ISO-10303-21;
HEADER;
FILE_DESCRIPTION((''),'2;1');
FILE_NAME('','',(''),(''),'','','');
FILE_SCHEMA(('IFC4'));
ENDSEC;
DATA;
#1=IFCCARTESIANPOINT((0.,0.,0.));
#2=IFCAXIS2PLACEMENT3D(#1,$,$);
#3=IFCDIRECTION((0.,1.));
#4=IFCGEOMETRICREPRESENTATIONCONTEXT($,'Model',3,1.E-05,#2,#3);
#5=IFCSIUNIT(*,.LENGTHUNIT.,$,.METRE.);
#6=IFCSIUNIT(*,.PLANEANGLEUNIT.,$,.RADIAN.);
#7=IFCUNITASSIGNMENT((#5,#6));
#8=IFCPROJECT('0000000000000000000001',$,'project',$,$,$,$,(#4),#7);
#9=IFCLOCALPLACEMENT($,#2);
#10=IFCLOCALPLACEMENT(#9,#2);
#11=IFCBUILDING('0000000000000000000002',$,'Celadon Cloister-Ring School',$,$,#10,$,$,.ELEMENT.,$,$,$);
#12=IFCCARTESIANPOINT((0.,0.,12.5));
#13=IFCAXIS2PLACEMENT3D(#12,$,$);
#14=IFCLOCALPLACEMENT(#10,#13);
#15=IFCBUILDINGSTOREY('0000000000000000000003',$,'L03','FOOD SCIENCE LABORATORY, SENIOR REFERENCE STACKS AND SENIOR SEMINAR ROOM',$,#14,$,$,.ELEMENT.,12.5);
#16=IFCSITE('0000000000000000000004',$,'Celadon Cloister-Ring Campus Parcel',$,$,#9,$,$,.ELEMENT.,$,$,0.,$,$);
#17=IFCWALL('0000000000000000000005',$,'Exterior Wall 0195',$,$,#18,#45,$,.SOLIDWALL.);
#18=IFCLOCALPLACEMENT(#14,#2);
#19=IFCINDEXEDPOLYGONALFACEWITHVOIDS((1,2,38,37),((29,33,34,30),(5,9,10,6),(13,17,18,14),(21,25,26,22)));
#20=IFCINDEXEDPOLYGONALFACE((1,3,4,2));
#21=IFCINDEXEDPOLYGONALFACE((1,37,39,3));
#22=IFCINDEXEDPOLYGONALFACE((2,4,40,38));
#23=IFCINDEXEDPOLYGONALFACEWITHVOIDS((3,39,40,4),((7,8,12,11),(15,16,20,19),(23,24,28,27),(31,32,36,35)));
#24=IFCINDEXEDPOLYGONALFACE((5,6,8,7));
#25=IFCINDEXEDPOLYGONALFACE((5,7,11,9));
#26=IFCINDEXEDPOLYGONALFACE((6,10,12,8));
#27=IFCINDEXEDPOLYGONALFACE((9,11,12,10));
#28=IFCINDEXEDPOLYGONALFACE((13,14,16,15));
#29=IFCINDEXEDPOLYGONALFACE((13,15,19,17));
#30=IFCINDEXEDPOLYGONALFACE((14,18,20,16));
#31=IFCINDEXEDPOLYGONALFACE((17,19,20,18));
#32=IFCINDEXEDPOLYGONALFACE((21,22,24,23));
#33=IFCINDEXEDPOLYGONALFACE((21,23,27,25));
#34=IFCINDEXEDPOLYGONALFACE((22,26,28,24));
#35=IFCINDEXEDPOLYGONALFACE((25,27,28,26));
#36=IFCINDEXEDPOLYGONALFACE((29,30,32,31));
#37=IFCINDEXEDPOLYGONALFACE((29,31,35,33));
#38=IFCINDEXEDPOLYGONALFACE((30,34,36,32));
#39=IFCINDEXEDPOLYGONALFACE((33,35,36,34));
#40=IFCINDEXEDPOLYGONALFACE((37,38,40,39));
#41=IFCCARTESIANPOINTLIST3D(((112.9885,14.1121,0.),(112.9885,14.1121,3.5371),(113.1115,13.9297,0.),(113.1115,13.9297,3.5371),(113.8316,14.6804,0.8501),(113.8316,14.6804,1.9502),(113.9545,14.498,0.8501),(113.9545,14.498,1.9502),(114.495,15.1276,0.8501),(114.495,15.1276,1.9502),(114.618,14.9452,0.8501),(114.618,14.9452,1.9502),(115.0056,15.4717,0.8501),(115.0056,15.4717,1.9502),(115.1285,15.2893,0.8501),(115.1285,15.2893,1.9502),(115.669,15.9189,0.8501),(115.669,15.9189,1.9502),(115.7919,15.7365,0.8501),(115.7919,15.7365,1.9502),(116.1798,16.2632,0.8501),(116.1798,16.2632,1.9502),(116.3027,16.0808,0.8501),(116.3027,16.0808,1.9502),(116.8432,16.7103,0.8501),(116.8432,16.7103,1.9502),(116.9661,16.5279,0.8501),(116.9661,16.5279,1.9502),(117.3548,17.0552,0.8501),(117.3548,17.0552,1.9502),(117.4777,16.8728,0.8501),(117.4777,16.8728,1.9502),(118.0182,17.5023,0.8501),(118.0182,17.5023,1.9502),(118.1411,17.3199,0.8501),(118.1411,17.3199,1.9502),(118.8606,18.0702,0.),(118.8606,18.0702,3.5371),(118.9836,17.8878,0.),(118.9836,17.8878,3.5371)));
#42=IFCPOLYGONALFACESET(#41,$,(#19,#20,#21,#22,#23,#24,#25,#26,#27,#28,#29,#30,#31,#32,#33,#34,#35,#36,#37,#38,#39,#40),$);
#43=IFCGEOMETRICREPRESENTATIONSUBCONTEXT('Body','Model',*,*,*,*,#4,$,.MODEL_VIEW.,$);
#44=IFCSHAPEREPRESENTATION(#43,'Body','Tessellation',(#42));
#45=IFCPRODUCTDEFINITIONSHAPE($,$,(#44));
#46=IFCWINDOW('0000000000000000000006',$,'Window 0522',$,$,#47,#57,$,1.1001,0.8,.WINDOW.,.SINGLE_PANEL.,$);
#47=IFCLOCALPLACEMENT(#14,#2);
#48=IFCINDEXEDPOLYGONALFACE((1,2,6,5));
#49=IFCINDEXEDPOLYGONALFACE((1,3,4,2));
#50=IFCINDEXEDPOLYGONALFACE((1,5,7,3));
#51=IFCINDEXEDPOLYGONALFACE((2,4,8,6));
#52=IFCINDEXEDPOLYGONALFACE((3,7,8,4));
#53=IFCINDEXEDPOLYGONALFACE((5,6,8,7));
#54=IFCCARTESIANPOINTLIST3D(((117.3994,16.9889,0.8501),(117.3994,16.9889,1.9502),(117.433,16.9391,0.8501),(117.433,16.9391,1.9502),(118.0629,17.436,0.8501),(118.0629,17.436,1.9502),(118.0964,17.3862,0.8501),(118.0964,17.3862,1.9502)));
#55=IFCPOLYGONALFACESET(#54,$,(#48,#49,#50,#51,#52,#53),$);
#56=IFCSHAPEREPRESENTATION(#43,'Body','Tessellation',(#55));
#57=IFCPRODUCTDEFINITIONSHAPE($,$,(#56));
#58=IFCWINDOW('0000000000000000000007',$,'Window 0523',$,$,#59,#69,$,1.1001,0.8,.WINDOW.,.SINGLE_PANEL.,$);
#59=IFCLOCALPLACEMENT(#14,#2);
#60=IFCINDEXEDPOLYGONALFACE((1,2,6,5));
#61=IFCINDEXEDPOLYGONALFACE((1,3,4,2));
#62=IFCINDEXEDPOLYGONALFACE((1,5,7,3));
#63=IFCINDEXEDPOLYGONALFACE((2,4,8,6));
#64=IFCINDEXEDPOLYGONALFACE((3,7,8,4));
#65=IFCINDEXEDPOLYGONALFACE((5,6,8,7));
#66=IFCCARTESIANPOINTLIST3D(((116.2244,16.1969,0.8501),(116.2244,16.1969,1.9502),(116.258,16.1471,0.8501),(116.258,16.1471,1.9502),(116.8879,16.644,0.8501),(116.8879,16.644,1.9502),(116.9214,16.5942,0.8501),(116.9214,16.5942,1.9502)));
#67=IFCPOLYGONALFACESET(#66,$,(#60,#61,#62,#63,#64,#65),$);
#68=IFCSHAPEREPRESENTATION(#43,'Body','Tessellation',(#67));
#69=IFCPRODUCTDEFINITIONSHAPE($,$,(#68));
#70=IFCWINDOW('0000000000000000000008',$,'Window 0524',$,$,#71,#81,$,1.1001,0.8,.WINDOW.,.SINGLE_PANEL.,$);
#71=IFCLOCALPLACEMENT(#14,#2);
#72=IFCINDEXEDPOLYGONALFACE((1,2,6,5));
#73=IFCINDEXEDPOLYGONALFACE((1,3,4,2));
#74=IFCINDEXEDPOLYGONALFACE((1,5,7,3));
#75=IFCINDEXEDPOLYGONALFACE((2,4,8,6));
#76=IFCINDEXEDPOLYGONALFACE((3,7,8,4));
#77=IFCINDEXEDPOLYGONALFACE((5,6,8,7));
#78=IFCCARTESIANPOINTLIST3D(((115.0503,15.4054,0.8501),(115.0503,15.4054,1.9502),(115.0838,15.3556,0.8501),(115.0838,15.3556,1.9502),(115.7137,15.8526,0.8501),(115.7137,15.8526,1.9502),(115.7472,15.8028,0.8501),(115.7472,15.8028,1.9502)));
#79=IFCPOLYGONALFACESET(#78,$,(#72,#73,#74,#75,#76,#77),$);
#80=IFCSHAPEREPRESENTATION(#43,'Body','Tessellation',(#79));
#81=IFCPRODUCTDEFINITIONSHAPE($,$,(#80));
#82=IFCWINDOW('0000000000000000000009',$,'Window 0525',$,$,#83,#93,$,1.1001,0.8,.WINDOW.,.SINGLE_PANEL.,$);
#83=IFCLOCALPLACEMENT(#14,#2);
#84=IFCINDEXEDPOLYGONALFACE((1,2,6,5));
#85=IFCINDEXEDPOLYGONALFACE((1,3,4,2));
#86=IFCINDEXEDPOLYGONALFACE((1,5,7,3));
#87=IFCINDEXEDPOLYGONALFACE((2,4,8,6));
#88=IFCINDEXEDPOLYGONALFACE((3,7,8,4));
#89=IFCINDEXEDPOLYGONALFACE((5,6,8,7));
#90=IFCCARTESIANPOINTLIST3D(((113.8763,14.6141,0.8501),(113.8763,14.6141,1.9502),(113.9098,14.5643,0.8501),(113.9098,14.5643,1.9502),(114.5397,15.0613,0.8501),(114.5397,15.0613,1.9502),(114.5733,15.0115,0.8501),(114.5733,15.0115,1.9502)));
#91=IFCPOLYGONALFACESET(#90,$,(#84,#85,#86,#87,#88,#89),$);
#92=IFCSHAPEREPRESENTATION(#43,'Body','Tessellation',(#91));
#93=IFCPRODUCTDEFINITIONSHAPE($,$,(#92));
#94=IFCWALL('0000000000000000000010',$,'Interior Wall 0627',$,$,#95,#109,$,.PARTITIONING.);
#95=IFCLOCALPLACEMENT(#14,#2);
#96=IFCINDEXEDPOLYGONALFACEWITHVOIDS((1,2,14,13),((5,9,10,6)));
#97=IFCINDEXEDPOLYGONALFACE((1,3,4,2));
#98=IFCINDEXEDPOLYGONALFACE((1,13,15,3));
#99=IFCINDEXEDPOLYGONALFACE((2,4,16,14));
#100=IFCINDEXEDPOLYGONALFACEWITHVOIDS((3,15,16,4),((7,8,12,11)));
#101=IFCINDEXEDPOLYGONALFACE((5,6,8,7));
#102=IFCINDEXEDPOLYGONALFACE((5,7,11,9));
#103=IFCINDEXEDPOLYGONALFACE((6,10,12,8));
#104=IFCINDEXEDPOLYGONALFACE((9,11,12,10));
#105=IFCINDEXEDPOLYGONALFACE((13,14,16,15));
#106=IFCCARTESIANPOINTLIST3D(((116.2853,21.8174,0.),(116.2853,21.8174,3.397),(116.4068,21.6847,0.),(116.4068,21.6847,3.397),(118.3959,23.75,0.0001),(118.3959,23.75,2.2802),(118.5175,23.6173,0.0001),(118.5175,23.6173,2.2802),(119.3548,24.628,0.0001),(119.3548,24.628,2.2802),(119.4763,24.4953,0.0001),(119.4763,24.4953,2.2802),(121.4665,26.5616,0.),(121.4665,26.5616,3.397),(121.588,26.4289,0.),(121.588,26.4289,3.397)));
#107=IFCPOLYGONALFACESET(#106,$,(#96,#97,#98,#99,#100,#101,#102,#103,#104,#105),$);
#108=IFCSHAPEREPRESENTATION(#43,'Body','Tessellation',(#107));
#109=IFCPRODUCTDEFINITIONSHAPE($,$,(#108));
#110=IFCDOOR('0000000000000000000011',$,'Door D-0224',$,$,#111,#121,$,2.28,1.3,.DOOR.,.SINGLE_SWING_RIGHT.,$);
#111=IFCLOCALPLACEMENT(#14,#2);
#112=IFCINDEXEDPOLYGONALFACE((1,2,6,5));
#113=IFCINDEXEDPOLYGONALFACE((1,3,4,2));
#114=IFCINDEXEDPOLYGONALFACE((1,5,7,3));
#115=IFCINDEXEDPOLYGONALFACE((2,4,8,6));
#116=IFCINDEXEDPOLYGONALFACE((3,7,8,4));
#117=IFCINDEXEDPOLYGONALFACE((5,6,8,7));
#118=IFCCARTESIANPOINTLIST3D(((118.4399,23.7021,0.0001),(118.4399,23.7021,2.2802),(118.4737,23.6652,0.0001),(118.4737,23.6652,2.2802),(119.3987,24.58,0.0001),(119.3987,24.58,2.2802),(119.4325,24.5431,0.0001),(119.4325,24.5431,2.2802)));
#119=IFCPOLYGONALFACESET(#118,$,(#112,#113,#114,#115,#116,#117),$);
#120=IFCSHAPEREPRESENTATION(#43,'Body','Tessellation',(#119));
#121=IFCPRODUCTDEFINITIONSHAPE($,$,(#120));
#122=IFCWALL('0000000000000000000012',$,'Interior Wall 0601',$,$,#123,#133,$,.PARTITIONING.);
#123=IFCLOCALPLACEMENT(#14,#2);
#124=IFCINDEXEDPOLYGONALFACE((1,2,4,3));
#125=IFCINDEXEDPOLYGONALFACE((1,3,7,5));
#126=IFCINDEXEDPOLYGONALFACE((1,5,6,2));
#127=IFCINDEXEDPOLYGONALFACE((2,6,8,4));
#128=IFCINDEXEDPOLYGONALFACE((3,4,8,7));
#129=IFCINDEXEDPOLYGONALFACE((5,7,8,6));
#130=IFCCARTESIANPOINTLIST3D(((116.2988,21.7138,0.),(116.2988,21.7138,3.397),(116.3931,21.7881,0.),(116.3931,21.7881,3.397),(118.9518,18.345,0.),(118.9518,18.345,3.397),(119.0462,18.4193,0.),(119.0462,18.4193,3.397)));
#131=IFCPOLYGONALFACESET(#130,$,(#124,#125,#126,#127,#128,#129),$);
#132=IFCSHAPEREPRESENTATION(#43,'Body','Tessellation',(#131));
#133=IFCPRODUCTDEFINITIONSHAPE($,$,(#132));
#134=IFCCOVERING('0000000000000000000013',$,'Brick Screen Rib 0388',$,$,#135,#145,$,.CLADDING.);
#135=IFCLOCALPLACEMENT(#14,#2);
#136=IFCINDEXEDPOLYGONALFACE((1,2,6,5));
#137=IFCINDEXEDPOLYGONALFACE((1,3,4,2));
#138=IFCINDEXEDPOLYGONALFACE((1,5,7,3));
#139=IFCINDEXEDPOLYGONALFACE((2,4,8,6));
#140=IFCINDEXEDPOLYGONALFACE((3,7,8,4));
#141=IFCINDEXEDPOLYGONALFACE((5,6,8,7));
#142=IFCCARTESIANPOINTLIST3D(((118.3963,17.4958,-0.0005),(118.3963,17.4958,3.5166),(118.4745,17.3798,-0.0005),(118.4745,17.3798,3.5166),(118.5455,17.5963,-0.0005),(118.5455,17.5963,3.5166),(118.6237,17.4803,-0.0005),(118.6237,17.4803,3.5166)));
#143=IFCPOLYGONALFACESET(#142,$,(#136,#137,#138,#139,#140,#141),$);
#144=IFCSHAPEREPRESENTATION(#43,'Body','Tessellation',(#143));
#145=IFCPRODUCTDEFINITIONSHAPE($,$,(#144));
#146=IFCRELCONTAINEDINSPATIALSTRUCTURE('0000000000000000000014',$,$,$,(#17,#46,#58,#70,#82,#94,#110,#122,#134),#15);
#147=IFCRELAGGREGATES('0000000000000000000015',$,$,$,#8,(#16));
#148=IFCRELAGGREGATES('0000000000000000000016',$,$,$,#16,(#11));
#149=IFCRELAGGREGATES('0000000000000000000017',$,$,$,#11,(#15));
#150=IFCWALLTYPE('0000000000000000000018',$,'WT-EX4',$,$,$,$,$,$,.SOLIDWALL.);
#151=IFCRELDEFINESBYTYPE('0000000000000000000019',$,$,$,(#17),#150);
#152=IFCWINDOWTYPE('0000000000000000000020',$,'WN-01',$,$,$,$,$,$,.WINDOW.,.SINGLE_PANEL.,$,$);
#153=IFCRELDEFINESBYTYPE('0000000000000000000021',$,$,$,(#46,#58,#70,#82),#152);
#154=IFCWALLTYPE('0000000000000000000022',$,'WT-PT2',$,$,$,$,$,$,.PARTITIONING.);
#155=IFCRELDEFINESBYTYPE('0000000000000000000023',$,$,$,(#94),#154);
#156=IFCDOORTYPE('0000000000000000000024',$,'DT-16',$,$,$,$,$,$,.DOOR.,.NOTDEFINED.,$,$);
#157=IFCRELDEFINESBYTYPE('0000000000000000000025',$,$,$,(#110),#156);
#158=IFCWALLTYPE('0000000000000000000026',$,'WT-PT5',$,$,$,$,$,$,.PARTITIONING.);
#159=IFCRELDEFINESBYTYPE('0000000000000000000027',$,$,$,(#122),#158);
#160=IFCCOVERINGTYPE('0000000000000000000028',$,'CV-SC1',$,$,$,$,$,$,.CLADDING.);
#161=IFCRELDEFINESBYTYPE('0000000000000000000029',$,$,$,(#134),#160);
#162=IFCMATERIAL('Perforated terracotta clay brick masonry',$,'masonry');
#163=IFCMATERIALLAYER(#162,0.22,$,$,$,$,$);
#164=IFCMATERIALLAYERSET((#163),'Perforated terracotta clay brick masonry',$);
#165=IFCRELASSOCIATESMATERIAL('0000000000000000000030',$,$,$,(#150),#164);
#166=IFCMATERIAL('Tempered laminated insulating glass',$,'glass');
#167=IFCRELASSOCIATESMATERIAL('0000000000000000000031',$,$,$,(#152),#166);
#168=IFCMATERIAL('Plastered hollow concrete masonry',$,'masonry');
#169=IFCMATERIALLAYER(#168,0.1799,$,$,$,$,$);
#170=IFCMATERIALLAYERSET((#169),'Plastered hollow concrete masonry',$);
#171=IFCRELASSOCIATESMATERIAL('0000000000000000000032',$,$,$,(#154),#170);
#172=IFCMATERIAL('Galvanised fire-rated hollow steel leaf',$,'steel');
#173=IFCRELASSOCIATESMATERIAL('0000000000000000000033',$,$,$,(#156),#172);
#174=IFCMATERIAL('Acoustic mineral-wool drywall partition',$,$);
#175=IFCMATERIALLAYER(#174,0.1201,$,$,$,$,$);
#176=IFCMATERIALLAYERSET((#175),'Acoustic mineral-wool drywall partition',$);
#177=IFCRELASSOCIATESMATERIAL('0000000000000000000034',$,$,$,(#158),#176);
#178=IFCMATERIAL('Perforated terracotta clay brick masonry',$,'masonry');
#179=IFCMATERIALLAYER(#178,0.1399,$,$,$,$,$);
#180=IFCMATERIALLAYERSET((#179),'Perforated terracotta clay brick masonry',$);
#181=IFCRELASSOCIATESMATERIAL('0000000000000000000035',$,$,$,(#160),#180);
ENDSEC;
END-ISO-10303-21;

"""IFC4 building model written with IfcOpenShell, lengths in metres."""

from ifc_helpers import new_model, si_unit, direction, frame, frame_2d, origin, origin_2d, place, context, subcontext, project, spatial, rectangle, extrude, material, layer, layer_set, type_object, element, fill, save


model = new_model("IFC4")

# Units and contexts
model_context = context("Model", 3, precision=1e-05, world=origin(), true_north=direction((0.0, 1.0)))
body_context = subcontext(model_context, "Body", "Model", "MODEL_VIEW")
ifc_project = project(units=[si_unit("LENGTHUNIT", "METRE"), si_unit("PLANEANGLEUNIT", "RADIAN")], contexts=[model_context])

# Site, building, storey
site_placement = place(None, origin())
site = spatial("IfcSite", under=ifc_project, at=site_placement, Name="Celadon Cloister-Ring Campus Parcel", CompositionType="ELEMENT", RefElevation=0.0)
building_placement = place(site_placement, origin())
building = spatial("IfcBuilding", under=site, at=building_placement, Name="Celadon Cloister-Ring School", CompositionType="ELEMENT")
storey_placement = place(building_placement, frame((0.0, 0.0, 12.5)))
storey = spatial("IfcBuildingStorey", under=building, at=storey_placement, Name="L03", Description="FOOD SCIENCE LABORATORY, SENIOR REFERENCE STACKS AND SENIOR SEMINAR ROOM", CompositionType="ELEMENT", Elevation=12.5)

# Wall, openings, windows
ifc_material_1 = material(Name="Perforated terracotta clay brick masonry", Category="masonry")
ifc_layer_1 = layer(ifc_material_1, 0.22)
ifc_layer_set_1 = layer_set([ifc_layer_1], Name="Perforated terracotta clay brick masonry")
wall_type_1 = type_object("IfcWallType", Name="WT-EX4", PredefinedType="SOLIDWALL", material=ifc_layer_set_1)
wall_1_placement = place(storey_placement, frame((118.9221, 17.979, 0.0), z_axis=(0.0, 0.0, 1.0), x_axis=(-0.829218, -0.558926, 0.0)))
wall_1 = element("IfcWall", 1, at=wall_1_placement, inside=storey, type_object=wall_type_1, Name="Exterior Wall 0195", PredefinedType="SOLIDWALL", context=body_context, shape_type="SweptSolid", body=[
    extrude(rectangle(XDim=7.0815, YDim=0.22, at=frame_2d((3.5408, 0.0))), origin(), (0.0, 0.0, 1.0), 3.5371),
])
opening_1_placement = place(wall_1_placement, frame((1.0161, 0.0, 0.8501)))
opening_1 = element("IfcOpeningElement", 2, at=opening_1_placement, cuts=wall_1, PredefinedType="OPENING", context=body_context, shape_type="SweptSolid", body=[
    extrude(rectangle(XDim=0.8, YDim=1.1001, at=frame_2d((0.3999, 0.55))), frame((0.0, 0.1201, 0.0), z_axis=(0.0, -1.0, 0.0), x_axis=(1.0, 0.0, 0.0)), (0.0, 0.0, 1.0), 0.24),
])
opening_2_placement = place(wall_1_placement, frame((2.4331, 0.0, 0.8501)))
opening_2 = element("IfcOpeningElement", 3, at=opening_2_placement, cuts=wall_1, PredefinedType="OPENING", context=body_context, shape_type="SweptSolid", body=[
    extrude(rectangle(XDim=0.8, YDim=1.1001, at=frame_2d((0.3999, 0.55))), frame((0.0, 0.1201, 0.0), z_axis=(0.0, -1.0, 0.0), x_axis=(1.0, 0.0, 0.0)), (0.0, 0.0, 1.0), 0.24),
])
opening_3_placement = place(wall_1_placement, frame((3.8491, 0.0, 0.8501)))
opening_3 = element("IfcOpeningElement", 4, at=opening_3_placement, cuts=wall_1, PredefinedType="OPENING", context=body_context, shape_type="SweptSolid", body=[
    extrude(rectangle(XDim=0.8, YDim=1.1001, at=frame_2d((0.3999, 0.55))), frame((0.0, 0.1201, 0.0), z_axis=(0.0, -1.0, 0.0), x_axis=(1.0, 0.0, 0.0)), (0.0, 0.0, 1.0), 0.24),
])
opening_4_placement = place(wall_1_placement, frame((5.2649, 0.0, 0.8501)))
opening_4 = element("IfcOpeningElement", 5, at=opening_4_placement, cuts=wall_1, PredefinedType="OPENING", context=body_context, shape_type="SweptSolid", body=[
    extrude(rectangle(XDim=0.8, YDim=1.1001, at=frame_2d((0.3999, 0.55))), frame((0.0, 0.1201, 0.0), z_axis=(0.0, -1.0, 0.0), x_axis=(1.0, 0.0, 0.0)), (0.0, 0.0, 1.0), 0.24),
])
ifc_material_2 = material(Name="Tempered laminated insulating glass", Category="glass")
window_type = type_object("IfcWindowType", Name="WN-01", PartitioningType="SINGLE_PANEL", PredefinedType="WINDOW", material=ifc_material_2)
window_1_placement = place(opening_1_placement, origin())
window_1 = element("IfcWindow", 6, at=window_1_placement, inside=storey, type_object=window_type, Name="Window 0522", OverallHeight=1.1001, OverallWidth=0.8, PartitioningType="SINGLE_PANEL", PredefinedType="WINDOW", context=body_context, shape_type="SweptSolid", body=[
    extrude(rectangle(XDim=0.8, YDim=1.1001, at=frame_2d((0.3999, 0.55))), frame((0.0, 0.03, 0.0), z_axis=(0.0, -1.0, 0.0), x_axis=(1.0, 0.0, 0.0)), (0.0, 0.0, 1.0), 0.0601),
])
fill(opening_1, window_1)
window_2_placement = place(opening_2_placement, origin())
window_2 = element("IfcWindow", 7, at=window_2_placement, inside=storey, type_object=window_type, Name="Window 0523", OverallHeight=1.1001, OverallWidth=0.8, PartitioningType="SINGLE_PANEL", PredefinedType="WINDOW", context=body_context, shape_type="SweptSolid", body=[
    extrude(rectangle(XDim=0.8, YDim=1.1001, at=frame_2d((0.3999, 0.55))), frame((0.0, 0.03, 0.0), z_axis=(0.0, -1.0, 0.0), x_axis=(1.0, 0.0, 0.0)), (0.0, 0.0, 1.0), 0.0601),
])
fill(opening_2, window_2)
window_3_placement = place(opening_3_placement, origin())
window_3 = element("IfcWindow", 8, at=window_3_placement, inside=storey, type_object=window_type, Name="Window 0524", OverallHeight=1.1001, OverallWidth=0.8, PartitioningType="SINGLE_PANEL", PredefinedType="WINDOW", context=body_context, shape_type="SweptSolid", body=[
    extrude(rectangle(XDim=0.8, YDim=1.1001, at=frame_2d((0.3999, 0.55))), frame((0.0, 0.03, 0.0), z_axis=(0.0, -1.0, 0.0), x_axis=(1.0, 0.0, 0.0)), (0.0, 0.0, 1.0), 0.0601),
])
fill(opening_3, window_3)
window_4_placement = place(opening_4_placement, origin())
window_4 = element("IfcWindow", 9, at=window_4_placement, inside=storey, type_object=window_type, Name="Window 0525", OverallHeight=1.1001, OverallWidth=0.8, PartitioningType="SINGLE_PANEL", PredefinedType="WINDOW", context=body_context, shape_type="SweptSolid", body=[
    extrude(rectangle(XDim=0.8, YDim=1.1001, at=frame_2d((0.3999, 0.55))), frame((0.0, 0.03, 0.0), z_axis=(0.0, -1.0, 0.0), x_axis=(1.0, 0.0, 0.0)), (0.0, 0.0, 1.0), 0.0601),
])
fill(opening_4, window_4)

# Wall, opening, door
ifc_material_3 = material(Name="Plastered hollow concrete masonry", Category="masonry")
ifc_layer_2 = layer(ifc_material_3, 0.1799)
ifc_layer_set_2 = layer_set([ifc_layer_2], Name="Plastered hollow concrete masonry")
wall_type_2 = type_object("IfcWallType", Name="WT-PT2", PredefinedType="PARTITIONING", material=ifc_layer_set_2)
wall_2_placement = place(storey_placement, frame((116.3459, 21.751, 0.0), z_axis=(0.0, 0.0, 1.0), x_axis=(0.737526, 0.675319, 0.0)))
wall_2 = element("IfcWall", 10, at=wall_2_placement, inside=storey, type_object=wall_type_2, Name="Interior Wall 0627", PredefinedType="PARTITIONING", context=body_context, shape_type="SweptSolid", body=[
    extrude(rectangle(XDim=7.0251, YDim=0.1799, at=frame_2d((3.5127, 0.0))), origin(), (0.0, 0.0, 1.0), 3.397),
])
opening_5_placement = place(wall_2_placement, frame((2.8621, 0.0, 0.0)))
opening_5 = element("IfcOpeningElement", 11, at=opening_5_placement, cuts=wall_2, PredefinedType="OPENING", context=body_context, shape_type="SweptSolid", body=[
    extrude(rectangle(XDim=1.3, YDim=2.28, at=frame_2d((0.6499, 1.1401))), frame((0.0, 0.1001, 0.0), z_axis=(0.0, -1.0, 0.0), x_axis=(1.0, 0.0, 0.0)), (0.0, 0.0, 1.0), 0.2),
])
ifc_material_4 = material(Name="Galvanised fire-rated hollow steel leaf", Category="steel")
door_type = type_object("IfcDoorType", Name="DT-16", OperationType="NOTDEFINED", PredefinedType="DOOR", material=ifc_material_4)
door_placement = place(opening_5_placement, origin())
door = element("IfcDoor", 12, at=door_placement, inside=storey, type_object=door_type, Name="Door D-0224", OperationType="SINGLE_SWING_RIGHT", OverallHeight=2.28, OverallWidth=1.3, PredefinedType="DOOR", context=body_context, shape_type="SweptSolid", body=[
    extrude(rectangle(XDim=1.3, YDim=2.28, at=frame_2d((0.6499, 1.1401))), frame((0.0, 0.0249, 0.0), z_axis=(0.0, -1.0, 0.0), x_axis=(1.0, 0.0, 0.0)), (0.0, 0.0, 1.0), 0.05),
])
fill(opening_5, door)

# Wall
ifc_material_5 = material(Name="Acoustic mineral-wool drywall partition")
ifc_layer_3 = layer(ifc_material_5, 0.1201)
ifc_layer_set_3 = layer_set([ifc_layer_3], Name="Acoustic mineral-wool drywall partition")
wall_type_3 = type_object("IfcWallType", Name="WT-PT5", PredefinedType="PARTITIONING", material=ifc_layer_set_3)
wall_3_placement = place(storey_placement, frame((116.3459, 21.751, 0.0), z_axis=(0.0, 0.0, 1.0), x_axis=(0.618699, -0.785628, 0.0)))
element("IfcWall", 13, at=wall_3_placement, inside=storey, type_object=wall_type_3, Name="Interior Wall 0601", PredefinedType="PARTITIONING", context=body_context, shape_type="SweptSolid", body=[
    extrude(rectangle(XDim=4.2881, YDim=0.1201, at=frame_2d((2.144, 0.0))), origin(), (0.0, 0.0, 1.0), 3.397),
])

# Covering
ifc_material_6 = material(Name="Perforated terracotta clay brick masonry", Category="masonry")
ifc_layer_4 = layer(ifc_material_6, 0.1399)
ifc_layer_set_4 = layer_set([ifc_layer_4], Name="Perforated terracotta clay brick masonry")
covering_type = type_object("IfcCoveringType", Name="CV-SC1", PredefinedType="CLADDING", material=ifc_layer_set_4)
covering_placement = place(storey_placement, frame((118.51, 17.488, -0.0005), z_axis=(0.0, 0.0, 1.0), x_axis=(-0.829213, -0.558932, 0.0)))
element("IfcCovering", 14, at=covering_placement, inside=storey, type_object=covering_type, Name="Brick Screen Rib 0388", PredefinedType="CLADDING", context=body_context, shape_type="SweptSolid", body=[
    extrude(rectangle(XDim=0.1799, YDim=0.1399, at=origin_2d()), origin(), (0.0, 0.0, 1.0), 3.5171),
])

save(model, "model.ifc")
